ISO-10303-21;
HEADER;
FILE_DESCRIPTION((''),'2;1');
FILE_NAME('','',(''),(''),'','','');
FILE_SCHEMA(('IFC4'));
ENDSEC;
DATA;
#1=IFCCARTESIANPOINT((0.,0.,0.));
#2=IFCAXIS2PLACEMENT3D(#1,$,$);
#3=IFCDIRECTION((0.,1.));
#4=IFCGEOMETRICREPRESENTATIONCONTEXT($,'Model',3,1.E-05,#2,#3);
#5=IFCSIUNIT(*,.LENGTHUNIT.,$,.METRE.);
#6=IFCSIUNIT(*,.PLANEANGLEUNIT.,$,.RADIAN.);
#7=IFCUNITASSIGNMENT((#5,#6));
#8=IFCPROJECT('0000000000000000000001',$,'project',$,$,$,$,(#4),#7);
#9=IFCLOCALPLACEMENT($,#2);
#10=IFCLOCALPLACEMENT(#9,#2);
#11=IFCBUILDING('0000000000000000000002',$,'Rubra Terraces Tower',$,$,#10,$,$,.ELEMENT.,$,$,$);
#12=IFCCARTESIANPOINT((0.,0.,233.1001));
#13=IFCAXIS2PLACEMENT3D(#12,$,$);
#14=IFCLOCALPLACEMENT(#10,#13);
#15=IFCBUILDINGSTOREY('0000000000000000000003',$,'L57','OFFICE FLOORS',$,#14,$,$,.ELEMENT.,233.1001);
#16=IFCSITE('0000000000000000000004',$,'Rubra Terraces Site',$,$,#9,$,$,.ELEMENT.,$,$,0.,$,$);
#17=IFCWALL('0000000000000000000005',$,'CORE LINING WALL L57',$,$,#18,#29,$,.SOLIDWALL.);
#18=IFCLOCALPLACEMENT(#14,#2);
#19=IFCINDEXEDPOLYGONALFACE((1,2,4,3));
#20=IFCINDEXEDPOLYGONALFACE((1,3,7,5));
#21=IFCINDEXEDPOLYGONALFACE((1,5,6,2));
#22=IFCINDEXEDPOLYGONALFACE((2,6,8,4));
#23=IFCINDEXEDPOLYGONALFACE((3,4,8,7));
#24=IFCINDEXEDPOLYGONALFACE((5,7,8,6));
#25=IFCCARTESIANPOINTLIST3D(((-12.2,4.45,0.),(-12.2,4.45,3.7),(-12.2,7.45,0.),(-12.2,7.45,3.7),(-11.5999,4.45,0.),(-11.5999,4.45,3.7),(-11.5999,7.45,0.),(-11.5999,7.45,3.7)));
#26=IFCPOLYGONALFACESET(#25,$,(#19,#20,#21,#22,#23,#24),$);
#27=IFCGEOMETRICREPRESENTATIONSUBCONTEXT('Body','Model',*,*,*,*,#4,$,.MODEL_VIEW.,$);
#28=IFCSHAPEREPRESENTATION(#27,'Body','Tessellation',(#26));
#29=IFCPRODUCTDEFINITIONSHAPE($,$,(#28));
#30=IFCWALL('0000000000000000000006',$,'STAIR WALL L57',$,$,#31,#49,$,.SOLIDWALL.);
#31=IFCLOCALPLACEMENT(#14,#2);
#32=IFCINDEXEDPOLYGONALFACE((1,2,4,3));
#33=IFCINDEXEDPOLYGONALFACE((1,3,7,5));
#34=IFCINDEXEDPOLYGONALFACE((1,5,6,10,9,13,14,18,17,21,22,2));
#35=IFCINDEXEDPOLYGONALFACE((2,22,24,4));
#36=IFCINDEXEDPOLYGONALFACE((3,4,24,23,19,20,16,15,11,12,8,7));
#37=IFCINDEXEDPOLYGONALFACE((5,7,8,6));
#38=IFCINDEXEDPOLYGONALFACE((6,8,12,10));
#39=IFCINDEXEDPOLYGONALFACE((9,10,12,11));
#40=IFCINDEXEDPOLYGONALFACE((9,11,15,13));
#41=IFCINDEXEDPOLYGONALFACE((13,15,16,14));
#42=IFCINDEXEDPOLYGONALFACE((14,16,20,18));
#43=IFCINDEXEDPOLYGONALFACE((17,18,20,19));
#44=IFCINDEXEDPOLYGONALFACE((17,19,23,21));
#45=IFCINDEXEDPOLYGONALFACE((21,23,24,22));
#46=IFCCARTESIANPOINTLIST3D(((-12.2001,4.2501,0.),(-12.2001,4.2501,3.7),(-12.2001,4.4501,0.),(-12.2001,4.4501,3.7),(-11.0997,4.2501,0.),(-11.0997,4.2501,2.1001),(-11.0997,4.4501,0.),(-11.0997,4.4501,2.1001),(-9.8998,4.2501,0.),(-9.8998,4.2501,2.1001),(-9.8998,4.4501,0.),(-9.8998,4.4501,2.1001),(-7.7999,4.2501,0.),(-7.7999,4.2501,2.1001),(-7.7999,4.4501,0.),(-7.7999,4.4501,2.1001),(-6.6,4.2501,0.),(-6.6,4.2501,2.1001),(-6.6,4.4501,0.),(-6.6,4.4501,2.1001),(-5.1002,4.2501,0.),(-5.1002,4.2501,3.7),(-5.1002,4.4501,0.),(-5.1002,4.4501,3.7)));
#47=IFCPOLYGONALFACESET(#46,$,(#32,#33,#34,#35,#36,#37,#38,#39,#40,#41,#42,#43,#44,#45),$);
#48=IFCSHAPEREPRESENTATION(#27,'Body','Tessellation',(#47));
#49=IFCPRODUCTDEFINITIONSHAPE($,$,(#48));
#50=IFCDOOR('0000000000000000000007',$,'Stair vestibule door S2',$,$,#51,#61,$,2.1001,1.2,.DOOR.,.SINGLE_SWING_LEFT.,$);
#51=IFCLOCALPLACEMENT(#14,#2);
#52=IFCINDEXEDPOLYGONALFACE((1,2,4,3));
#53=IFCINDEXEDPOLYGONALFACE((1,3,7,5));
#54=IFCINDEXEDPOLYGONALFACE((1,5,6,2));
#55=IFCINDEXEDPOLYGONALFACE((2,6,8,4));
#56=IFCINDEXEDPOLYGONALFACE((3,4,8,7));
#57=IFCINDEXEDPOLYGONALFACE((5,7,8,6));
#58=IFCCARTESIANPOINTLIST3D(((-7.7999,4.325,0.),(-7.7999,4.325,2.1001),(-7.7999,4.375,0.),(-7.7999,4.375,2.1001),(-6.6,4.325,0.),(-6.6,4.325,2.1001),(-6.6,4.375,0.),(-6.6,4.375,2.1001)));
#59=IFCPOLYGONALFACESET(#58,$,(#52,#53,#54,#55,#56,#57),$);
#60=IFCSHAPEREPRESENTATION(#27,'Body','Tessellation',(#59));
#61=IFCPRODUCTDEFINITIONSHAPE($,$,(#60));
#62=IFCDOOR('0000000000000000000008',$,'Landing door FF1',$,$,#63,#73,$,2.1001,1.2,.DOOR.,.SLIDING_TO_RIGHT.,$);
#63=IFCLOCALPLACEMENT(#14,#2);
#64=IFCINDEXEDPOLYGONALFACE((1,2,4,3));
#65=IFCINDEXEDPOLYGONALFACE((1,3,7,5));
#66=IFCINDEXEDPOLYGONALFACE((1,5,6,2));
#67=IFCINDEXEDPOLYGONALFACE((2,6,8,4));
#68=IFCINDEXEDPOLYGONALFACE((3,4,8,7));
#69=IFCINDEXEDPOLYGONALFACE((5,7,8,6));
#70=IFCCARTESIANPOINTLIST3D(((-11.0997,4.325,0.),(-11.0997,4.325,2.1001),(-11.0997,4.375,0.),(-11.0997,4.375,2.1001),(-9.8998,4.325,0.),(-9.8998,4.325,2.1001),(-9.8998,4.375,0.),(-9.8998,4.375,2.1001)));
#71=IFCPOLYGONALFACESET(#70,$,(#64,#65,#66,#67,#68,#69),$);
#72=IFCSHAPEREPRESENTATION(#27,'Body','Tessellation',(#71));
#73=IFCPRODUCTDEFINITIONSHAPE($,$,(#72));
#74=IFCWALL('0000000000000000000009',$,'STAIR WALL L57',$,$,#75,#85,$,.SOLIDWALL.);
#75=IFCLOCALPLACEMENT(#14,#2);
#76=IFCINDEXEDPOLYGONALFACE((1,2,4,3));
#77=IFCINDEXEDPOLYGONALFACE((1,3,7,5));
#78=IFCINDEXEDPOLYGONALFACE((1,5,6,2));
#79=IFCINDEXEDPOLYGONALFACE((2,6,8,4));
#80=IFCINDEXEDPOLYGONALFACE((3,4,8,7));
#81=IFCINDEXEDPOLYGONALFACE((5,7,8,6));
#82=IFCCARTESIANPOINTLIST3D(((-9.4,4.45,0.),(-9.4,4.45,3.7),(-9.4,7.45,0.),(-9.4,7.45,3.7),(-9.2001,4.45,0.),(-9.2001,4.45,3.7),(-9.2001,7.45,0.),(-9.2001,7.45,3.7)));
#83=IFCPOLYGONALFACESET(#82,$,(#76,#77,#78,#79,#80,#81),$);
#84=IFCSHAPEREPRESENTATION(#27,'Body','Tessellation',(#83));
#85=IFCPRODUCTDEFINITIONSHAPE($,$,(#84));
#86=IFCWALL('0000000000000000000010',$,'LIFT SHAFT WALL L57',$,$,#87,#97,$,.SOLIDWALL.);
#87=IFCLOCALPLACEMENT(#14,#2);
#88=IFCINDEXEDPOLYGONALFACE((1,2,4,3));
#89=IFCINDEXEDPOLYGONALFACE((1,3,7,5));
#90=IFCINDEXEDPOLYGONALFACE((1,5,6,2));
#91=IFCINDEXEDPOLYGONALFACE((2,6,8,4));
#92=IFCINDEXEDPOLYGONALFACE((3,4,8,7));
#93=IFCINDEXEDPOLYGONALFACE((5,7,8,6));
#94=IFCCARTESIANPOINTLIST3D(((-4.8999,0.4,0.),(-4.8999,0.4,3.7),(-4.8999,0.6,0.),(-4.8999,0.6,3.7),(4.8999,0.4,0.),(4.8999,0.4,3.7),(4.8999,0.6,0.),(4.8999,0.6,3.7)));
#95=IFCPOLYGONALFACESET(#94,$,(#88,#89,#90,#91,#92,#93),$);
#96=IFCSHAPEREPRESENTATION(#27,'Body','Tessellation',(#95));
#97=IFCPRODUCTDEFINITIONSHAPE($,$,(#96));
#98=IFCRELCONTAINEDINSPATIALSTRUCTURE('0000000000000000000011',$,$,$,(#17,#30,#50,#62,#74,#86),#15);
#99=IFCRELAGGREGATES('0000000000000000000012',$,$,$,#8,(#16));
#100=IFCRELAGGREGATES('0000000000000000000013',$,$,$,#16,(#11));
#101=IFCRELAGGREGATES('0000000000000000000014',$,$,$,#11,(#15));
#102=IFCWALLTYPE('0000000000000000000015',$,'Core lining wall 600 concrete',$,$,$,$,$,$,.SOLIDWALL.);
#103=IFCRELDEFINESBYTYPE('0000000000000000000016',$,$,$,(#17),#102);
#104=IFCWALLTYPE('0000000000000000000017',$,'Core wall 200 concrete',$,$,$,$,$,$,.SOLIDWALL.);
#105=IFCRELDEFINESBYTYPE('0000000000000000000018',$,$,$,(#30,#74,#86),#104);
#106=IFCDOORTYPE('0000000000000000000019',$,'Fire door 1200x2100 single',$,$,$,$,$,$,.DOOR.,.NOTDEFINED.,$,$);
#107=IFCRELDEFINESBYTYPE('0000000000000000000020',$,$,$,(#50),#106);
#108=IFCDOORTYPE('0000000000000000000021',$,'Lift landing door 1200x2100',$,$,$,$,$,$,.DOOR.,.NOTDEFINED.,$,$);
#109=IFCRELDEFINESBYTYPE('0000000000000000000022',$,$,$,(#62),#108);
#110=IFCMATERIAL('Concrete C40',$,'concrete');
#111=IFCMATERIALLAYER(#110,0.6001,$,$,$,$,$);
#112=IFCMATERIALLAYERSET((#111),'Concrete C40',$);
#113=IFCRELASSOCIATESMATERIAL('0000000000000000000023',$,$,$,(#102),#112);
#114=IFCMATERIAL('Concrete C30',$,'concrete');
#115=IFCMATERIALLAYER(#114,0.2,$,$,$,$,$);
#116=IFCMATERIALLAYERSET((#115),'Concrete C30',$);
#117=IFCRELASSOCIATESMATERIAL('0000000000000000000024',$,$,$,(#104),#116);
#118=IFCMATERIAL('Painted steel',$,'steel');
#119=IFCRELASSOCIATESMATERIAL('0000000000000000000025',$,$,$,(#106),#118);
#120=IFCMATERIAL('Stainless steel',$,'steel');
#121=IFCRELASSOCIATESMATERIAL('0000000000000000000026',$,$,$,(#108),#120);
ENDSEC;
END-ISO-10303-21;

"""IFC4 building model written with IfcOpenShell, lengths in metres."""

from ifc_helpers import new_model, si_unit, direction, frame, frame_2d, origin, place, context, subcontext, project, spatial, rectangle, extrude, material, layer, layer_set, type_object, element, fill, save


model = new_model("IFC4")

# Units and contexts
model_context = context("Model", 3, precision=1e-05, world=origin(), true_north=direction((0.0, 1.0)))
body_context = subcontext(model_context, "Body", "Model", "MODEL_VIEW")
ifc_project = project(units=[si_unit("LENGTHUNIT", "METRE"), si_unit("PLANEANGLEUNIT", "RADIAN")], contexts=[model_context])

# Site, building, storey
site_placement = place(None, origin())
site = spatial("IfcSite", under=ifc_project, at=site_placement, Name="Rubra Terraces Site", CompositionType="ELEMENT", RefElevation=0.0)
building_placement = place(site_placement, origin())
building = spatial("IfcBuilding", under=site, at=building_placement, Name="Rubra Terraces Tower", CompositionType="ELEMENT")
storey_placement = place(building_placement, frame((0.0, 0.0, 233.1001)))
storey = spatial("IfcBuildingStorey", under=building, at=storey_placement, Name="L57", Description="OFFICE FLOORS", CompositionType="ELEMENT", Elevation=233.1001)

# Wall
ifc_material_1 = material(Name="Concrete C40", Category="concrete")
ifc_layer_1 = layer(ifc_material_1, 0.6001)
ifc_layer_set_1 = layer_set([ifc_layer_1], Name="Concrete C40")
wall_type_1 = type_object("IfcWallType", Name="Core lining wall 600 concrete", PredefinedType="SOLIDWALL", material=ifc_layer_set_1)
wall_1_placement = place(storey_placement, frame((-11.8999, 4.45, 0.0), z_axis=(0.0, 0.0, 1.0), x_axis=(0.0, 1.0, 0.0)))
element("IfcWall", 1, at=wall_1_placement, inside=storey, type_object=wall_type_1, Name="CORE LINING WALL L57", PredefinedType="SOLIDWALL", context=body_context, shape_type="SweptSolid", body=[
    extrude(rectangle(XDim=3.0, YDim=0.6001, at=frame_2d((1.5, 0.0))), origin(), (0.0, 0.0, 1.0), 3.7),
])

# Wall, openings, doors
ifc_material_2 = material(Name="Concrete C30", Category="concrete")
ifc_layer_2 = layer(ifc_material_2, 0.2)
ifc_layer_set_2 = layer_set([ifc_layer_2], Name="Concrete C30")
wall_type_2 = type_object("IfcWallType", Name="Core wall 200 concrete", PredefinedType="SOLIDWALL", material=ifc_layer_set_2)
wall_2_placement = place(storey_placement, frame((-12.2, 4.3501, 0.0), z_axis=(0.0, 0.0, 1.0), x_axis=(1.0, 0.0, 0.0)))
wall_2 = element("IfcWall", 2, at=wall_2_placement, inside=storey, type_object=wall_type_2, Name="STAIR WALL L57", PredefinedType="SOLIDWALL", context=body_context, shape_type="SweptSolid", body=[
    extrude(rectangle(XDim=7.0999, YDim=0.2, at=frame_2d((3.5498, 0.0))), origin(), (0.0, 0.0, 1.0), 3.7),
])
opening_1_placement = place(wall_2_placement, frame((4.3999, 0.0, 0.0)))
opening_1 = element("IfcOpeningElement", 3, at=opening_1_placement, cuts=wall_2, PredefinedType="OPENING", context=body_context, shape_type="SweptSolid", body=[
    extrude(rectangle(XDim=1.2, YDim=2.1001, at=frame_2d((0.6001, 1.05))), frame((0.0, 0.1099, 0.0), z_axis=(0.0, -1.0, 0.0), x_axis=(1.0, 0.0, 0.0)), (0.0, 0.0, 1.0), 0.22),
])
opening_2_placement = place(wall_2_placement, frame((1.1001, 0.0, 0.0)))
opening_2 = element("IfcOpeningElement", 4, at=opening_2_placement, cuts=wall_2, PredefinedType="OPENING", context=body_context, shape_type="SweptSolid", body=[
    extrude(rectangle(XDim=1.2, YDim=2.1001, at=frame_2d((0.6001, 1.05))), frame((0.0, 0.1099, 0.0), z_axis=(0.0, -1.0, 0.0), x_axis=(1.0, 0.0, 0.0)), (0.0, 0.0, 1.0), 0.22),
])
ifc_material_3 = material(Name="Painted steel", Category="steel")
door_type_1 = type_object("IfcDoorType", Name="Fire door 1200x2100 single", OperationType="NOTDEFINED", PredefinedType="DOOR", material=ifc_material_3)
door_1_placement = place(opening_1_placement, origin())
door_1 = element("IfcDoor", 5, at=door_1_placement, inside=storey, type_object=door_type_1, Name="Stair vestibule door S2", OperationType="SINGLE_SWING_LEFT", OverallHeight=2.1001, OverallWidth=1.2, PredefinedType="DOOR", context=body_context, shape_type="SweptSolid", body=[
    extrude(rectangle(XDim=1.2, YDim=2.1001, at=frame_2d((0.6001, 1.05))), frame((0.0, 0.0249, 0.0), z_axis=(0.0, -1.0, 0.0), x_axis=(1.0, 0.0, 0.0)), (0.0, 0.0, 1.0), 0.05),
])
fill(opening_1, door_1)
ifc_material_4 = material(Name="Stainless steel", Category="steel")
door_type_2 = type_object("IfcDoorType", Name="Lift landing door 1200x2100", OperationType="NOTDEFINED", PredefinedType="DOOR", material=ifc_material_4)
door_2_placement = place(opening_2_placement, origin())
door_2 = element("IfcDoor", 6, at=door_2_placement, inside=storey, type_object=door_type_2, Name="Landing door FF1", OperationType="SLIDING_TO_RIGHT", OverallHeight=2.1001, OverallWidth=1.2, PredefinedType="DOOR", context=body_context, shape_type="SweptSolid", body=[
    extrude(rectangle(XDim=1.2, YDim=2.1001, at=frame_2d((0.6001, 1.05))), frame((0.0, 0.0249, 0.0), z_axis=(0.0, -1.0, 0.0), x_axis=(1.0, 0.0, 0.0)), (0.0, 0.0, 1.0), 0.05),
])
fill(opening_2, door_2)

# Walls
wall_3_placement = place(storey_placement, frame((-9.3, 4.45, 0.0), z_axis=(0.0, 0.0, 1.0), x_axis=(0.0, 1.0, 0.0)))
element("IfcWall", 7, at=wall_3_placement, inside=storey, type_object=wall_type_2, Name="STAIR WALL L57", PredefinedType="SOLIDWALL", context=body_context, shape_type="SweptSolid", body=[
    extrude(rectangle(XDim=3.0, YDim=0.2, at=frame_2d((1.5, 0.0))), origin(), (0.0, 0.0, 1.0), 3.7),
])
wall_4_placement = place(storey_placement, frame((-4.8999, 0.5, 0.0), z_axis=(0.0, 0.0, 1.0), x_axis=(1.0, 0.0, 0.0)))
element("IfcWall", 8, at=wall_4_placement, inside=storey, type_object=wall_type_2, Name="LIFT SHAFT WALL L57", PredefinedType="SOLIDWALL", context=body_context, shape_type="SweptSolid", body=[
    extrude(rectangle(XDim=9.7998, YDim=0.2, at=frame_2d((4.8999, 0.0))), origin(), (0.0, 0.0, 1.0), 3.7),
])

save(model, "model.ifc")
